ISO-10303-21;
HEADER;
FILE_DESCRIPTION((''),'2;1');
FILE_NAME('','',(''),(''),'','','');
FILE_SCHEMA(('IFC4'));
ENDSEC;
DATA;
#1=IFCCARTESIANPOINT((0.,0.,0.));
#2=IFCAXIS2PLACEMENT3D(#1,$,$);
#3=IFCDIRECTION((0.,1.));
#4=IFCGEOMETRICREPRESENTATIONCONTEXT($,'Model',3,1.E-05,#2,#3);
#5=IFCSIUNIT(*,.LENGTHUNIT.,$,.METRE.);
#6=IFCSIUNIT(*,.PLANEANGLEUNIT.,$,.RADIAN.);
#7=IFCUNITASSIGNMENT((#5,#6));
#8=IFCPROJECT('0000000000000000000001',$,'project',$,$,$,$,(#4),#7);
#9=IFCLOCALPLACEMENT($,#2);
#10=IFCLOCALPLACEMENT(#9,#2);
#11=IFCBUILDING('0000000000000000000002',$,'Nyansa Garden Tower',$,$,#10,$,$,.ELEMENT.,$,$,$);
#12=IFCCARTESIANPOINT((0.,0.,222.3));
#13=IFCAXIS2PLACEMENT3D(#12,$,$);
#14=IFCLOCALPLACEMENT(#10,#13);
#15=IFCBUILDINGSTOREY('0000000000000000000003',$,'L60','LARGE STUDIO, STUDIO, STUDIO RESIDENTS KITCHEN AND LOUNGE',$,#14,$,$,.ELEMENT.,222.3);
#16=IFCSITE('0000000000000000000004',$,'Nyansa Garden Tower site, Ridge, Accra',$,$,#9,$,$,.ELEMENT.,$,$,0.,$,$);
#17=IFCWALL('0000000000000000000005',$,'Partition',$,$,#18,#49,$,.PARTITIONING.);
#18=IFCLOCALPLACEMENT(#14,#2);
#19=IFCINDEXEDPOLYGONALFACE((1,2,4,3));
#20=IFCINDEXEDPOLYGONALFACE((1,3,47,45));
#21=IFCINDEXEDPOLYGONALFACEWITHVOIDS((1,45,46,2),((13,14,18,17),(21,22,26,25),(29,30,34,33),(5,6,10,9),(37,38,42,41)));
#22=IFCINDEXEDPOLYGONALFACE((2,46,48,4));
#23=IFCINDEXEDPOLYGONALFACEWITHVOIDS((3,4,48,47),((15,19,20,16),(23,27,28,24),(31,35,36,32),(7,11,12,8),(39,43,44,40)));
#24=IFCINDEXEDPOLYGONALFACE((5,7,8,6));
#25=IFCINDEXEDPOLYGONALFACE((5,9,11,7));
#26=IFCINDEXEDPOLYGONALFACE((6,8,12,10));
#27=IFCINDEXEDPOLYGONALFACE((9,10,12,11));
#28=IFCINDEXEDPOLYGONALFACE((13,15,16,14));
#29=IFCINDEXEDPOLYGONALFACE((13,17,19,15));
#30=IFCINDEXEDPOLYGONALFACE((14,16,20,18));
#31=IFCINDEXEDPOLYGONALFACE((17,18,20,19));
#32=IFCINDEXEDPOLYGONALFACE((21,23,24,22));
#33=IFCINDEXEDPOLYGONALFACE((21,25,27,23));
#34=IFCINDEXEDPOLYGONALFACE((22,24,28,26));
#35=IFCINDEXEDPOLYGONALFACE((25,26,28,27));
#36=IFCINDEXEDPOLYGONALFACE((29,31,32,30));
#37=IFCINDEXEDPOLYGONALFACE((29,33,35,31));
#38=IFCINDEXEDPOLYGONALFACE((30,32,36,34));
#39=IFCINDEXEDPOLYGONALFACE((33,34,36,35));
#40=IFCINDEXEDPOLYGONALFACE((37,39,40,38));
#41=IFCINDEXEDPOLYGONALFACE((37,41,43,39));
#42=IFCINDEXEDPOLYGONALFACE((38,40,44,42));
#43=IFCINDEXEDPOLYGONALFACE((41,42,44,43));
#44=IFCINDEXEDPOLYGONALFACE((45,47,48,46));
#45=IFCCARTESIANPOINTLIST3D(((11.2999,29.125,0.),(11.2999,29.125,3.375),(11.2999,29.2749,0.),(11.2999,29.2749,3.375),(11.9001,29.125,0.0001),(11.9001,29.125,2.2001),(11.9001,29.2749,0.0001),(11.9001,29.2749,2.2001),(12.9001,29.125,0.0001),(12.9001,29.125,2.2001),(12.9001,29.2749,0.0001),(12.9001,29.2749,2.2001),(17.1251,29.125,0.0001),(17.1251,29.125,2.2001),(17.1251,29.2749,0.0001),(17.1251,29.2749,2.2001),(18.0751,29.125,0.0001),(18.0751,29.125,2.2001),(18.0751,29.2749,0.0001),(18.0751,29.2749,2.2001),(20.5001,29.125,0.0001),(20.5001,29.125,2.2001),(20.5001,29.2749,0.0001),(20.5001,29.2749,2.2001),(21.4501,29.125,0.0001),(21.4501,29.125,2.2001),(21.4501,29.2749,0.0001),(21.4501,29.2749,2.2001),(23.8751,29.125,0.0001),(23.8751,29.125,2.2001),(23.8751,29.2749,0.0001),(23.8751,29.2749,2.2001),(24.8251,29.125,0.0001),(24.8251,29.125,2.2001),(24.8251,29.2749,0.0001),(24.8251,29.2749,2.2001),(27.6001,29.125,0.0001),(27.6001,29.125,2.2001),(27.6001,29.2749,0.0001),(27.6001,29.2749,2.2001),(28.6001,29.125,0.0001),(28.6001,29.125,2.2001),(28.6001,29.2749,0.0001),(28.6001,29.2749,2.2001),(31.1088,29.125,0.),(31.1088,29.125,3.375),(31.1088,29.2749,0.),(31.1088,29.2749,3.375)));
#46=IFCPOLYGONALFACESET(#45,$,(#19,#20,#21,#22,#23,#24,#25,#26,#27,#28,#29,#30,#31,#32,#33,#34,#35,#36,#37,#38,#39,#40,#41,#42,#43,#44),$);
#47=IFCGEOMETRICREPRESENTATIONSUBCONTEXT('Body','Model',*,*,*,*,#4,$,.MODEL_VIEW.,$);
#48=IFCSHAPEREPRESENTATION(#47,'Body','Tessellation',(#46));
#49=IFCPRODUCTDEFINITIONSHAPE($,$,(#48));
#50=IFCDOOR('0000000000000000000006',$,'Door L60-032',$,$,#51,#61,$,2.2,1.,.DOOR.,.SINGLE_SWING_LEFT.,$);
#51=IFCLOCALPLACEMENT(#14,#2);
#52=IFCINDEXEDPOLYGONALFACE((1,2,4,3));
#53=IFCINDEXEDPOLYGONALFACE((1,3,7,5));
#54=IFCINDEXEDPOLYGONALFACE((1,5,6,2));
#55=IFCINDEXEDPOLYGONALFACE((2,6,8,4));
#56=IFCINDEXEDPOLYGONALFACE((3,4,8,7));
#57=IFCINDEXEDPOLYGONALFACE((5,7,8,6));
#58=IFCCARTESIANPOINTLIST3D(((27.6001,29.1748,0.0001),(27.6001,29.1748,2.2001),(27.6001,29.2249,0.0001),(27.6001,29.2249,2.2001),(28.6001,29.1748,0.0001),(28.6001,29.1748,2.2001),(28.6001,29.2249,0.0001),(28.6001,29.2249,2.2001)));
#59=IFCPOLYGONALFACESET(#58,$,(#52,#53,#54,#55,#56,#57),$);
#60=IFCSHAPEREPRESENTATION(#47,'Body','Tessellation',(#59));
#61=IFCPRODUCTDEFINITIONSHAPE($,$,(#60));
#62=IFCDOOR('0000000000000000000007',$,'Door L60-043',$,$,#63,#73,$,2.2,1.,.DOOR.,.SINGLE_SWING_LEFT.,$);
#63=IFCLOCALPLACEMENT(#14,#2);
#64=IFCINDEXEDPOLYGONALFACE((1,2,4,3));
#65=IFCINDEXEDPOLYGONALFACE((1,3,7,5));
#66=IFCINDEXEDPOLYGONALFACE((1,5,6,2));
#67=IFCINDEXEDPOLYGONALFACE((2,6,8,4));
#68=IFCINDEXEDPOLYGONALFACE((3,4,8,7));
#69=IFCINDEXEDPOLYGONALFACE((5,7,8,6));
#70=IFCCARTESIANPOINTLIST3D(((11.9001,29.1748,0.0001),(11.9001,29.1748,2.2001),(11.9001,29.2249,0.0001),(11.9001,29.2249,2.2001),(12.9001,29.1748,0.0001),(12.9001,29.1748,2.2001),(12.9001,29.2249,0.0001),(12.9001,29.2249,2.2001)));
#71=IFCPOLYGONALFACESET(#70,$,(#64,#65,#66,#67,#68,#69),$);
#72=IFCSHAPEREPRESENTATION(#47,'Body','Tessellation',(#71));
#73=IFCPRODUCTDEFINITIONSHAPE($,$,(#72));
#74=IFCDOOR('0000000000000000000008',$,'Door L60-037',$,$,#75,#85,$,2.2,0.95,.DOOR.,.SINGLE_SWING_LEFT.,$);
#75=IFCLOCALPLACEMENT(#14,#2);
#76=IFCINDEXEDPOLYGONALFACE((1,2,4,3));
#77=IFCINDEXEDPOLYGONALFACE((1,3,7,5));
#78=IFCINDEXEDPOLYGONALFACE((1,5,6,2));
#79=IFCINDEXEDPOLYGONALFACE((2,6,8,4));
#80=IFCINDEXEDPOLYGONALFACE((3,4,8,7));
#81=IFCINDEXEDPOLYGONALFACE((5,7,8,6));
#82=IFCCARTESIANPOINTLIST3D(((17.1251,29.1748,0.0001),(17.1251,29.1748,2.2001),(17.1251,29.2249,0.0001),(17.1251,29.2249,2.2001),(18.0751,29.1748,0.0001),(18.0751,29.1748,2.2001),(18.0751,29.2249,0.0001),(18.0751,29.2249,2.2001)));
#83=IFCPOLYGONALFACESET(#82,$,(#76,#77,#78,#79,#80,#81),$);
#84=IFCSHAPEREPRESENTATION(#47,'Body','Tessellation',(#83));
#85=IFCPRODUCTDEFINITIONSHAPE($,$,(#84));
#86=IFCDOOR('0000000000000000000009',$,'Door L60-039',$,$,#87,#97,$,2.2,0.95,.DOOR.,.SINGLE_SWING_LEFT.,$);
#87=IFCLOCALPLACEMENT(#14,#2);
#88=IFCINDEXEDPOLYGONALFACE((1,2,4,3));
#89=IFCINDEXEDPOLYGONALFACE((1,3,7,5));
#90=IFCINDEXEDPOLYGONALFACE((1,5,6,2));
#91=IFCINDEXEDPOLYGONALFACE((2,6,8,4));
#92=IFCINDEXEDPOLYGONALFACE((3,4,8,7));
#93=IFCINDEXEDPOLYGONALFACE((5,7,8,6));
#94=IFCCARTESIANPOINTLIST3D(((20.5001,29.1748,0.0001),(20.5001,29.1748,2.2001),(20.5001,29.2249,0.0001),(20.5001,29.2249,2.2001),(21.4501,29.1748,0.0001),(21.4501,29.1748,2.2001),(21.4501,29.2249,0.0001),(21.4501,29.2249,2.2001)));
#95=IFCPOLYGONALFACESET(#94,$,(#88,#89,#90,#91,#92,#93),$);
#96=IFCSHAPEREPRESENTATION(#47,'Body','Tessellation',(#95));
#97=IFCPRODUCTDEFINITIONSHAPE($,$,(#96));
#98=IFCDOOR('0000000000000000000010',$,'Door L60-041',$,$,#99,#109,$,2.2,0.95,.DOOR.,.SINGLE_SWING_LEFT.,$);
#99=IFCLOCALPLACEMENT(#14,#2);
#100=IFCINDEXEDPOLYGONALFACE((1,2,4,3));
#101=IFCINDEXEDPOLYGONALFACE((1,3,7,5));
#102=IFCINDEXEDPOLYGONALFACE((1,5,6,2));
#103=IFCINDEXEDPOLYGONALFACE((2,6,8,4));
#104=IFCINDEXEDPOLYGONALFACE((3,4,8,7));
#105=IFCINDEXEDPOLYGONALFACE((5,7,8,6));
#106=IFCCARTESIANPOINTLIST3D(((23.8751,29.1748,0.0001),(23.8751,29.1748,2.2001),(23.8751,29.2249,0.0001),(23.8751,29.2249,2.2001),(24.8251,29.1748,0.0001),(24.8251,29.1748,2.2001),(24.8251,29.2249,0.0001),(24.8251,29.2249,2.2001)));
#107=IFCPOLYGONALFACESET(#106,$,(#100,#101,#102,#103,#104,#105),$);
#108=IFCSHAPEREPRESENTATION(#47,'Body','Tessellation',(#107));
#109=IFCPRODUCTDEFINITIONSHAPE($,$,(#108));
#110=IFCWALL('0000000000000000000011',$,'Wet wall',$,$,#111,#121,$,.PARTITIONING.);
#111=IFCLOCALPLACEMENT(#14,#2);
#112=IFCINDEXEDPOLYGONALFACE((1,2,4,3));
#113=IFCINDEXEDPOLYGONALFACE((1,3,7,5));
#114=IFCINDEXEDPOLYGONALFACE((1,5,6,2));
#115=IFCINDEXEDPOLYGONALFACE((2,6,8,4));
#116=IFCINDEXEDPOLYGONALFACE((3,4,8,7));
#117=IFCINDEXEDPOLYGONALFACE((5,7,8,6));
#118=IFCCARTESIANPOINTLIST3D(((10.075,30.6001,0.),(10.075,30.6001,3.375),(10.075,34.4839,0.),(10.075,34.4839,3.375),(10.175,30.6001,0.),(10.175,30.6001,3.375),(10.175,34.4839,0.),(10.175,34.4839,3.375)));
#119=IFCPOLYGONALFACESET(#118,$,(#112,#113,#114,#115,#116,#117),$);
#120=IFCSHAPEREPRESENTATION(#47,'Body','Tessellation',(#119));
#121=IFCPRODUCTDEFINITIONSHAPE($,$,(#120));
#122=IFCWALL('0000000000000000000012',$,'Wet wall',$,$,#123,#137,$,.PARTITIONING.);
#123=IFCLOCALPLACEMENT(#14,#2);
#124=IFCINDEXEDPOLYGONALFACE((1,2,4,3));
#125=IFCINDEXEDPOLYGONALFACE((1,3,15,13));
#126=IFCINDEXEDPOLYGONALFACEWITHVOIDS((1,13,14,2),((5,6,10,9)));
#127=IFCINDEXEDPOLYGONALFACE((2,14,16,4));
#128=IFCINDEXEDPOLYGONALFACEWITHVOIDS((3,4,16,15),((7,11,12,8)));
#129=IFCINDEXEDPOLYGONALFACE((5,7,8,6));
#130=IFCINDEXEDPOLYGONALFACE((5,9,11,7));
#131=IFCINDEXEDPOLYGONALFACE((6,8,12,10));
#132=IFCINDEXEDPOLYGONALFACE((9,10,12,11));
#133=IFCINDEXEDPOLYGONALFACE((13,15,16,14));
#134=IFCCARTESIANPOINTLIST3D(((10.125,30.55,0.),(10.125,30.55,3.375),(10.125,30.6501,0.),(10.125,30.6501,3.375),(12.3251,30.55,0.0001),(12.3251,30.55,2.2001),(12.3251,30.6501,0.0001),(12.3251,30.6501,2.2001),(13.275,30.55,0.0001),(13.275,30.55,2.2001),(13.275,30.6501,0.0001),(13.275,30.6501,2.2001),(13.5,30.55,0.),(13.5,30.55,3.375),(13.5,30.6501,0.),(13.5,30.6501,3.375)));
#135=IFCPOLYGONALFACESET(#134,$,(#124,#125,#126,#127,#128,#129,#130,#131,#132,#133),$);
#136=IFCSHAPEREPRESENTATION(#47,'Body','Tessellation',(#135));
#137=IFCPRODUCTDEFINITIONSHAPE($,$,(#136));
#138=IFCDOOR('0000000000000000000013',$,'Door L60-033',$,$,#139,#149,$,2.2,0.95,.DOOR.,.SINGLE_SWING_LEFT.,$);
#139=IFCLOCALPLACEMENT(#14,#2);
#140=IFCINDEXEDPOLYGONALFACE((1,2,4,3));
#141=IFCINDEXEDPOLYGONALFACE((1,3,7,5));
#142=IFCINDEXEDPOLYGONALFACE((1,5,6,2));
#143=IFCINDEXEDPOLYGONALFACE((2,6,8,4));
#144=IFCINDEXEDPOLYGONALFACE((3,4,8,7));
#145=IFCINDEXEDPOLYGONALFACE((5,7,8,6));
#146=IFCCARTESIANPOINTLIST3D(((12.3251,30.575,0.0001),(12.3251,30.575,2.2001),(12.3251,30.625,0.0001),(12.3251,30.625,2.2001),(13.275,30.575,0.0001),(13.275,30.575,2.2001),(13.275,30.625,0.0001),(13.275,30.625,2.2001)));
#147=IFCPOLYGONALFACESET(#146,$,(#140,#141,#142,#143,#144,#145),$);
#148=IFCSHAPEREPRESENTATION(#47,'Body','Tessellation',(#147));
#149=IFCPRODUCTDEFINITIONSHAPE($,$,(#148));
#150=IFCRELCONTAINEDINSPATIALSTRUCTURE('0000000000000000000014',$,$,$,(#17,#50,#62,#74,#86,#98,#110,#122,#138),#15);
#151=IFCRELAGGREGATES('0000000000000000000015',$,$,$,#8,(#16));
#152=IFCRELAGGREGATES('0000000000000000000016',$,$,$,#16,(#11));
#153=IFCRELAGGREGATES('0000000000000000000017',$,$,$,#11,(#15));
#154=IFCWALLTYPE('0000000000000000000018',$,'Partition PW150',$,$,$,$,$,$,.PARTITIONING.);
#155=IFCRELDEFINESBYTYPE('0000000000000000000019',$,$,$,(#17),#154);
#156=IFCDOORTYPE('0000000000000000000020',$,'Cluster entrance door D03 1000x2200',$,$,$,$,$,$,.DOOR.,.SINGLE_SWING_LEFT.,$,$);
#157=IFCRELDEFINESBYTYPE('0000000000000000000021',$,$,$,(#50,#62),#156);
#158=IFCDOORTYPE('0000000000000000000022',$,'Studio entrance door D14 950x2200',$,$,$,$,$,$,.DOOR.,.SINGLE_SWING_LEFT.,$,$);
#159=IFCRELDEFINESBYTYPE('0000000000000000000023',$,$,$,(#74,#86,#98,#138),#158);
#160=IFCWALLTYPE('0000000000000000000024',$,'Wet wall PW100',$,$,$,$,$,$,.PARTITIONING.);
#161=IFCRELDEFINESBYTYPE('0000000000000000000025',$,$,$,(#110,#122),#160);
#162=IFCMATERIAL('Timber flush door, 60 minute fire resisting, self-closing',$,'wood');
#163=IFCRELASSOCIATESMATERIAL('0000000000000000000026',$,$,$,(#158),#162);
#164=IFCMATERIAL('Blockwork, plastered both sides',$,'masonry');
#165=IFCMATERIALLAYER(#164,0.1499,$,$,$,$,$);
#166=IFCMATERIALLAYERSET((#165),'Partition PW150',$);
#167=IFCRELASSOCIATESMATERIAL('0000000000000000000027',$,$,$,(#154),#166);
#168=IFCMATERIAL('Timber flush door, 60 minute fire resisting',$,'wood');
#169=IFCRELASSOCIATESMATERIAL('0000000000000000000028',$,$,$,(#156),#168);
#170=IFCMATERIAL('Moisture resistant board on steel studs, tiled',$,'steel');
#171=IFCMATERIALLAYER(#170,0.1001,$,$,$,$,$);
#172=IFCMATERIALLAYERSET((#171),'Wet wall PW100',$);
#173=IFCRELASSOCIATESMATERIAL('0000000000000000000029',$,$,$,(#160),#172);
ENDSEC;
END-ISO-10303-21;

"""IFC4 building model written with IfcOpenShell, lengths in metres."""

from ifc_helpers import new_model, si_unit, direction, frame, frame_2d, origin, place, context, subcontext, project, spatial, rectangle, extrude, material, layer, layer_set, type_object, element, fill, save


model = new_model("IFC4")

# Units and contexts
model_context = context("Model", 3, precision=1e-05, world=origin(), true_north=direction((0.0, 1.0)))
body_context = subcontext(model_context, "Body", "Model", "MODEL_VIEW")
ifc_project = project(units=[si_unit("LENGTHUNIT", "METRE"), si_unit("PLANEANGLEUNIT", "RADIAN")], contexts=[model_context])

# Site, building, storey
site_placement = place(None, origin())
site = spatial("IfcSite", under=ifc_project, at=site_placement, Name="Nyansa Garden Tower site, Ridge, Accra", CompositionType="ELEMENT", RefElevation=0.0)
building_placement = place(site_placement, origin())
building = spatial("IfcBuilding", under=site, at=building_placement, Name="Nyansa Garden Tower", CompositionType="ELEMENT")
storey_placement = place(building_placement, frame((0.0, 0.0, 222.3)))
storey = spatial("IfcBuildingStorey", under=building, at=storey_placement, Name="L60", Description="LARGE STUDIO, STUDIO, STUDIO RESIDENTS KITCHEN AND LOUNGE", CompositionType="ELEMENT", Elevation=222.3)

# Shared definitions
ifc_material_1 = material(Name="Timber flush door, 60 minute fire resisting, self-closing", Category="wood")
door_type_1 = type_object("IfcDoorType", Name="Studio entrance door D14 950x2200", OperationType="SINGLE_SWING_LEFT", PredefinedType="DOOR", material=ifc_material_1)

# Wall, openings, doors
ifc_material_2 = material(Name="Blockwork, plastered both sides", Category="masonry")
ifc_layer_1 = layer(ifc_material_2, 0.1499)
ifc_layer_set_1 = layer_set([ifc_layer_1], Name="Partition PW150")
wall_type_1 = type_object("IfcWallType", Name="Partition PW150", PredefinedType="PARTITIONING", material=ifc_layer_set_1)
wall_1_placement = place(storey_placement, frame((11.3, 29.2, 0.0), z_axis=(0.0, 0.0, 1.0), x_axis=(1.0, 0.0, 0.0)))
wall_1 = element("IfcWall", 1, at=wall_1_placement, inside=storey, type_object=wall_type_1, Name="Partition", PredefinedType="PARTITIONING", context=body_context, shape_type="SweptSolid", body=[
    extrude(rectangle(XDim=19.8088, YDim=0.1499, at=frame_2d((9.9043, 0.0))), origin(), (0.0, 0.0, 1.0), 3.375),
])
opening_1_placement = place(wall_1_placement, frame((16.3, 0.0, 0.0)))
opening_1 = element("IfcOpeningElement", 2, at=opening_1_placement, cuts=wall_1, PredefinedType="OPENING", context=body_context, shape_type="SweptSolid", body=[
    extrude(rectangle(XDim=1.0, YDim=2.2, at=frame_2d((0.5, 1.1001))), frame((0.0, 0.085, 0.0), z_axis=(0.0, -1.0, 0.0), x_axis=(1.0, 0.0, 0.0)), (0.0, 0.0, 1.0), 0.1699),
])
opening_2_placement = place(wall_1_placement, frame((5.825, 0.0, 0.0)))
opening_2 = element("IfcOpeningElement", 3, at=opening_2_placement, cuts=wall_1, PredefinedType="OPENING", context=body_context, shape_type="SweptSolid", body=[
    extrude(rectangle(XDim=0.95, YDim=2.2, at=frame_2d((0.4751, 1.1001))), frame((0.0, 0.085, 0.0), z_axis=(0.0, -1.0, 0.0), x_axis=(1.0, 0.0, 0.0)), (0.0, 0.0, 1.0), 0.1699),
])
opening_3_placement = place(wall_1_placement, frame((9.2, 0.0, 0.0)))
opening_3 = element("IfcOpeningElement", 4, at=opening_3_placement, cuts=wall_1, PredefinedType="OPENING", context=body_context, shape_type="SweptSolid", body=[
    extrude(rectangle(XDim=0.95, YDim=2.2, at=frame_2d((0.4751, 1.1001))), frame((0.0, 0.085, 0.0), z_axis=(0.0, -1.0, 0.0), x_axis=(1.0, 0.0, 0.0)), (0.0, 0.0, 1.0), 0.1699),
])
opening_4_placement = place(wall_1_placement, frame((12.575, 0.0, 0.0)))
opening_4 = element("IfcOpeningElement", 5, at=opening_4_placement, cuts=wall_1, PredefinedType="OPENING", context=body_context, shape_type="SweptSolid", body=[
    extrude(rectangle(XDim=0.95, YDim=2.2, at=frame_2d((0.4751, 1.1001))), frame((0.0, 0.085, 0.0), z_axis=(0.0, -1.0, 0.0), x_axis=(1.0, 0.0, 0.0)), (0.0, 0.0, 1.0), 0.1699),
])
opening_5_placement = place(wall_1_placement, frame((0.6001, 0.0, 0.0)))
opening_5 = element("IfcOpeningElement", 6, at=opening_5_placement, cuts=wall_1, PredefinedType="OPENING", context=body_context, shape_type="SweptSolid", body=[
    extrude(rectangle(XDim=1.0, YDim=2.2, at=frame_2d((0.5, 1.1001))), frame((0.0, 0.085, 0.0), z_axis=(0.0, -1.0, 0.0), x_axis=(1.0, 0.0, 0.0)), (0.0, 0.0, 1.0), 0.1699),
])
ifc_material_3 = material(Name="Timber flush door, 60 minute fire resisting", Category="wood")
door_type_2 = type_object("IfcDoorType", Name="Cluster entrance door D03 1000x2200", OperationType="SINGLE_SWING_LEFT", PredefinedType="DOOR", material=ifc_material_3)
door_1_placement = place(opening_1_placement, origin())
door_1 = element("IfcDoor", 7, at=door_1_placement, inside=storey, type_object=door_type_2, Name="Door L60-032", OperationType="SINGLE_SWING_LEFT", OverallHeight=2.2, OverallWidth=1.0, PredefinedType="DOOR", context=body_context, shape_type="SweptSolid", body=[
    extrude(rectangle(XDim=1.0, YDim=2.2, at=frame_2d((0.5, 1.1001))), frame((0.0, 0.0249, 0.0), z_axis=(0.0, -1.0, 0.0), x_axis=(1.0, 0.0, 0.0)), (0.0, 0.0, 1.0), 0.05),
])
fill(opening_1, door_1)
door_2_placement = place(opening_5_placement, origin())
door_2 = element("IfcDoor", 8, at=door_2_placement, inside=storey, type_object=door_type_2, Name="Door L60-043", OperationType="SINGLE_SWING_LEFT", OverallHeight=2.2, OverallWidth=1.0, PredefinedType="DOOR", context=body_context, shape_type="SweptSolid", body=[
    extrude(rectangle(XDim=1.0, YDim=2.2, at=frame_2d((0.5, 1.1001))), frame((0.0, 0.0249, 0.0), z_axis=(0.0, -1.0, 0.0), x_axis=(1.0, 0.0, 0.0)), (0.0, 0.0, 1.0), 0.05),
])
fill(opening_5, door_2)
door_3_placement = place(opening_2_placement, origin())
door_3 = element("IfcDoor", 9, at=door_3_placement, inside=storey, type_object=door_type_1, Name="Door L60-037", OperationType="SINGLE_SWING_LEFT", OverallHeight=2.2, OverallWidth=0.95, PredefinedType="DOOR", context=body_context, shape_type="SweptSolid", body=[
    extrude(rectangle(XDim=0.95, YDim=2.2, at=frame_2d((0.4751, 1.1001))), frame((0.0, 0.0249, 0.0), z_axis=(0.0, -1.0, 0.0), x_axis=(1.0, 0.0, 0.0)), (0.0, 0.0, 1.0), 0.05),
])
fill(opening_2, door_3)
door_4_placement = place(opening_3_placement, origin())
door_4 = element("IfcDoor", 10, at=door_4_placement, inside=storey, type_object=door_type_1, Name="Door L60-039", OperationType="SINGLE_SWING_LEFT", OverallHeight=2.2, OverallWidth=0.95, PredefinedType="DOOR", context=body_context, shape_type="SweptSolid", body=[
    extrude(rectangle(XDim=0.95, YDim=2.2, at=frame_2d((0.4751, 1.1001))), frame((0.0, 0.0249, 0.0), z_axis=(0.0, -1.0, 0.0), x_axis=(1.0, 0.0, 0.0)), (0.0, 0.0, 1.0), 0.05),
])
fill(opening_3, door_4)
door_5_placement = place(opening_4_placement, origin())
door_5 = element("IfcDoor", 11, at=door_5_placement, inside=storey, type_object=door_type_1, Name="Door L60-041", OperationType="SINGLE_SWING_LEFT", OverallHeight=2.2, OverallWidth=0.95, PredefinedType="DOOR", context=body_context, shape_type="SweptSolid", body=[
    extrude(rectangle(XDim=0.95, YDim=2.2, at=frame_2d((0.4751, 1.1001))), frame((0.0, 0.0249, 0.0), z_axis=(0.0, -1.0, 0.0), x_axis=(1.0, 0.0, 0.0)), (0.0, 0.0, 1.0), 0.05),
])
fill(opening_4, door_5)

# Wall
ifc_material_4 = material(Name="Moisture resistant board on steel studs, tiled", Category="steel")
ifc_layer_2 = layer(ifc_material_4, 0.1001)
ifc_layer_set_2 = layer_set([ifc_layer_2], Name="Wet wall PW100")
wall_type_2 = type_object("IfcWallType", Name="Wet wall PW100", PredefinedType="PARTITIONING", material=ifc_layer_set_2)
wall_2_placement = place(storey_placement, frame((10.125, 30.6001, 0.0), z_axis=(0.0, 0.0, 1.0), x_axis=(0.0, 1.0, 0.0)))
element("IfcWall", 12, at=wall_2_placement, inside=storey, type_object=wall_type_2, Name="Wet wall", PredefinedType="PARTITIONING", context=body_context, shape_type="SweptSolid", body=[
    extrude(rectangle(XDim=3.8838, YDim=0.1001, at=frame_2d((1.9419, 0.0))), origin(), (0.0, 0.0, 1.0), 3.375),
])

# Wall, opening, door
wall_3_placement = place(storey_placement, frame((10.125, 30.6001, 0.0), z_axis=(0.0, 0.0, 1.0), x_axis=(1.0, 0.0, 0.0)))
wall_3 = element("IfcWall", 13, at=wall_3_placement, inside=storey, type_object=wall_type_2, Name="Wet wall", PredefinedType="PARTITIONING", context=body_context, shape_type="SweptSolid", body=[
    extrude(rectangle(XDim=3.375, YDim=0.1001, at=frame_2d((1.6875, 0.0))), origin(), (0.0, 0.0, 1.0), 3.375),
])
opening_6_placement = place(wall_3_placement, frame((2.2, 0.0, 0.0)))
opening_6 = element("IfcOpeningElement", 14, at=opening_6_placement, cuts=wall_3, PredefinedType="OPENING", context=body_context, shape_type="SweptSolid", body=[
    extrude(rectangle(XDim=0.95, YDim=2.2, at=frame_2d((0.4751, 1.1001))), frame((0.0, 0.0601, 0.0), z_axis=(0.0, -1.0, 0.0), x_axis=(1.0, 0.0, 0.0)), (0.0, 0.0, 1.0), 0.1201),
])
door_6_placement = place(opening_6_placement, origin())
door_6 = element("IfcDoor", 15, at=door_6_placement, inside=storey, type_object=door_type_1, Name="Door L60-033", OperationType="SINGLE_SWING_LEFT", OverallHeight=2.2, OverallWidth=0.95, PredefinedType="DOOR", context=body_context, shape_type="SweptSolid", body=[
    extrude(rectangle(XDim=0.95, YDim=2.2, at=frame_2d((0.4751, 1.1001))), frame((0.0, 0.0249, 0.0), z_axis=(0.0, -1.0, 0.0), x_axis=(1.0, 0.0, 0.0)), (0.0, 0.0, 1.0), 0.05),
])
fill(opening_6, door_6)

save(model, "model.ifc")
